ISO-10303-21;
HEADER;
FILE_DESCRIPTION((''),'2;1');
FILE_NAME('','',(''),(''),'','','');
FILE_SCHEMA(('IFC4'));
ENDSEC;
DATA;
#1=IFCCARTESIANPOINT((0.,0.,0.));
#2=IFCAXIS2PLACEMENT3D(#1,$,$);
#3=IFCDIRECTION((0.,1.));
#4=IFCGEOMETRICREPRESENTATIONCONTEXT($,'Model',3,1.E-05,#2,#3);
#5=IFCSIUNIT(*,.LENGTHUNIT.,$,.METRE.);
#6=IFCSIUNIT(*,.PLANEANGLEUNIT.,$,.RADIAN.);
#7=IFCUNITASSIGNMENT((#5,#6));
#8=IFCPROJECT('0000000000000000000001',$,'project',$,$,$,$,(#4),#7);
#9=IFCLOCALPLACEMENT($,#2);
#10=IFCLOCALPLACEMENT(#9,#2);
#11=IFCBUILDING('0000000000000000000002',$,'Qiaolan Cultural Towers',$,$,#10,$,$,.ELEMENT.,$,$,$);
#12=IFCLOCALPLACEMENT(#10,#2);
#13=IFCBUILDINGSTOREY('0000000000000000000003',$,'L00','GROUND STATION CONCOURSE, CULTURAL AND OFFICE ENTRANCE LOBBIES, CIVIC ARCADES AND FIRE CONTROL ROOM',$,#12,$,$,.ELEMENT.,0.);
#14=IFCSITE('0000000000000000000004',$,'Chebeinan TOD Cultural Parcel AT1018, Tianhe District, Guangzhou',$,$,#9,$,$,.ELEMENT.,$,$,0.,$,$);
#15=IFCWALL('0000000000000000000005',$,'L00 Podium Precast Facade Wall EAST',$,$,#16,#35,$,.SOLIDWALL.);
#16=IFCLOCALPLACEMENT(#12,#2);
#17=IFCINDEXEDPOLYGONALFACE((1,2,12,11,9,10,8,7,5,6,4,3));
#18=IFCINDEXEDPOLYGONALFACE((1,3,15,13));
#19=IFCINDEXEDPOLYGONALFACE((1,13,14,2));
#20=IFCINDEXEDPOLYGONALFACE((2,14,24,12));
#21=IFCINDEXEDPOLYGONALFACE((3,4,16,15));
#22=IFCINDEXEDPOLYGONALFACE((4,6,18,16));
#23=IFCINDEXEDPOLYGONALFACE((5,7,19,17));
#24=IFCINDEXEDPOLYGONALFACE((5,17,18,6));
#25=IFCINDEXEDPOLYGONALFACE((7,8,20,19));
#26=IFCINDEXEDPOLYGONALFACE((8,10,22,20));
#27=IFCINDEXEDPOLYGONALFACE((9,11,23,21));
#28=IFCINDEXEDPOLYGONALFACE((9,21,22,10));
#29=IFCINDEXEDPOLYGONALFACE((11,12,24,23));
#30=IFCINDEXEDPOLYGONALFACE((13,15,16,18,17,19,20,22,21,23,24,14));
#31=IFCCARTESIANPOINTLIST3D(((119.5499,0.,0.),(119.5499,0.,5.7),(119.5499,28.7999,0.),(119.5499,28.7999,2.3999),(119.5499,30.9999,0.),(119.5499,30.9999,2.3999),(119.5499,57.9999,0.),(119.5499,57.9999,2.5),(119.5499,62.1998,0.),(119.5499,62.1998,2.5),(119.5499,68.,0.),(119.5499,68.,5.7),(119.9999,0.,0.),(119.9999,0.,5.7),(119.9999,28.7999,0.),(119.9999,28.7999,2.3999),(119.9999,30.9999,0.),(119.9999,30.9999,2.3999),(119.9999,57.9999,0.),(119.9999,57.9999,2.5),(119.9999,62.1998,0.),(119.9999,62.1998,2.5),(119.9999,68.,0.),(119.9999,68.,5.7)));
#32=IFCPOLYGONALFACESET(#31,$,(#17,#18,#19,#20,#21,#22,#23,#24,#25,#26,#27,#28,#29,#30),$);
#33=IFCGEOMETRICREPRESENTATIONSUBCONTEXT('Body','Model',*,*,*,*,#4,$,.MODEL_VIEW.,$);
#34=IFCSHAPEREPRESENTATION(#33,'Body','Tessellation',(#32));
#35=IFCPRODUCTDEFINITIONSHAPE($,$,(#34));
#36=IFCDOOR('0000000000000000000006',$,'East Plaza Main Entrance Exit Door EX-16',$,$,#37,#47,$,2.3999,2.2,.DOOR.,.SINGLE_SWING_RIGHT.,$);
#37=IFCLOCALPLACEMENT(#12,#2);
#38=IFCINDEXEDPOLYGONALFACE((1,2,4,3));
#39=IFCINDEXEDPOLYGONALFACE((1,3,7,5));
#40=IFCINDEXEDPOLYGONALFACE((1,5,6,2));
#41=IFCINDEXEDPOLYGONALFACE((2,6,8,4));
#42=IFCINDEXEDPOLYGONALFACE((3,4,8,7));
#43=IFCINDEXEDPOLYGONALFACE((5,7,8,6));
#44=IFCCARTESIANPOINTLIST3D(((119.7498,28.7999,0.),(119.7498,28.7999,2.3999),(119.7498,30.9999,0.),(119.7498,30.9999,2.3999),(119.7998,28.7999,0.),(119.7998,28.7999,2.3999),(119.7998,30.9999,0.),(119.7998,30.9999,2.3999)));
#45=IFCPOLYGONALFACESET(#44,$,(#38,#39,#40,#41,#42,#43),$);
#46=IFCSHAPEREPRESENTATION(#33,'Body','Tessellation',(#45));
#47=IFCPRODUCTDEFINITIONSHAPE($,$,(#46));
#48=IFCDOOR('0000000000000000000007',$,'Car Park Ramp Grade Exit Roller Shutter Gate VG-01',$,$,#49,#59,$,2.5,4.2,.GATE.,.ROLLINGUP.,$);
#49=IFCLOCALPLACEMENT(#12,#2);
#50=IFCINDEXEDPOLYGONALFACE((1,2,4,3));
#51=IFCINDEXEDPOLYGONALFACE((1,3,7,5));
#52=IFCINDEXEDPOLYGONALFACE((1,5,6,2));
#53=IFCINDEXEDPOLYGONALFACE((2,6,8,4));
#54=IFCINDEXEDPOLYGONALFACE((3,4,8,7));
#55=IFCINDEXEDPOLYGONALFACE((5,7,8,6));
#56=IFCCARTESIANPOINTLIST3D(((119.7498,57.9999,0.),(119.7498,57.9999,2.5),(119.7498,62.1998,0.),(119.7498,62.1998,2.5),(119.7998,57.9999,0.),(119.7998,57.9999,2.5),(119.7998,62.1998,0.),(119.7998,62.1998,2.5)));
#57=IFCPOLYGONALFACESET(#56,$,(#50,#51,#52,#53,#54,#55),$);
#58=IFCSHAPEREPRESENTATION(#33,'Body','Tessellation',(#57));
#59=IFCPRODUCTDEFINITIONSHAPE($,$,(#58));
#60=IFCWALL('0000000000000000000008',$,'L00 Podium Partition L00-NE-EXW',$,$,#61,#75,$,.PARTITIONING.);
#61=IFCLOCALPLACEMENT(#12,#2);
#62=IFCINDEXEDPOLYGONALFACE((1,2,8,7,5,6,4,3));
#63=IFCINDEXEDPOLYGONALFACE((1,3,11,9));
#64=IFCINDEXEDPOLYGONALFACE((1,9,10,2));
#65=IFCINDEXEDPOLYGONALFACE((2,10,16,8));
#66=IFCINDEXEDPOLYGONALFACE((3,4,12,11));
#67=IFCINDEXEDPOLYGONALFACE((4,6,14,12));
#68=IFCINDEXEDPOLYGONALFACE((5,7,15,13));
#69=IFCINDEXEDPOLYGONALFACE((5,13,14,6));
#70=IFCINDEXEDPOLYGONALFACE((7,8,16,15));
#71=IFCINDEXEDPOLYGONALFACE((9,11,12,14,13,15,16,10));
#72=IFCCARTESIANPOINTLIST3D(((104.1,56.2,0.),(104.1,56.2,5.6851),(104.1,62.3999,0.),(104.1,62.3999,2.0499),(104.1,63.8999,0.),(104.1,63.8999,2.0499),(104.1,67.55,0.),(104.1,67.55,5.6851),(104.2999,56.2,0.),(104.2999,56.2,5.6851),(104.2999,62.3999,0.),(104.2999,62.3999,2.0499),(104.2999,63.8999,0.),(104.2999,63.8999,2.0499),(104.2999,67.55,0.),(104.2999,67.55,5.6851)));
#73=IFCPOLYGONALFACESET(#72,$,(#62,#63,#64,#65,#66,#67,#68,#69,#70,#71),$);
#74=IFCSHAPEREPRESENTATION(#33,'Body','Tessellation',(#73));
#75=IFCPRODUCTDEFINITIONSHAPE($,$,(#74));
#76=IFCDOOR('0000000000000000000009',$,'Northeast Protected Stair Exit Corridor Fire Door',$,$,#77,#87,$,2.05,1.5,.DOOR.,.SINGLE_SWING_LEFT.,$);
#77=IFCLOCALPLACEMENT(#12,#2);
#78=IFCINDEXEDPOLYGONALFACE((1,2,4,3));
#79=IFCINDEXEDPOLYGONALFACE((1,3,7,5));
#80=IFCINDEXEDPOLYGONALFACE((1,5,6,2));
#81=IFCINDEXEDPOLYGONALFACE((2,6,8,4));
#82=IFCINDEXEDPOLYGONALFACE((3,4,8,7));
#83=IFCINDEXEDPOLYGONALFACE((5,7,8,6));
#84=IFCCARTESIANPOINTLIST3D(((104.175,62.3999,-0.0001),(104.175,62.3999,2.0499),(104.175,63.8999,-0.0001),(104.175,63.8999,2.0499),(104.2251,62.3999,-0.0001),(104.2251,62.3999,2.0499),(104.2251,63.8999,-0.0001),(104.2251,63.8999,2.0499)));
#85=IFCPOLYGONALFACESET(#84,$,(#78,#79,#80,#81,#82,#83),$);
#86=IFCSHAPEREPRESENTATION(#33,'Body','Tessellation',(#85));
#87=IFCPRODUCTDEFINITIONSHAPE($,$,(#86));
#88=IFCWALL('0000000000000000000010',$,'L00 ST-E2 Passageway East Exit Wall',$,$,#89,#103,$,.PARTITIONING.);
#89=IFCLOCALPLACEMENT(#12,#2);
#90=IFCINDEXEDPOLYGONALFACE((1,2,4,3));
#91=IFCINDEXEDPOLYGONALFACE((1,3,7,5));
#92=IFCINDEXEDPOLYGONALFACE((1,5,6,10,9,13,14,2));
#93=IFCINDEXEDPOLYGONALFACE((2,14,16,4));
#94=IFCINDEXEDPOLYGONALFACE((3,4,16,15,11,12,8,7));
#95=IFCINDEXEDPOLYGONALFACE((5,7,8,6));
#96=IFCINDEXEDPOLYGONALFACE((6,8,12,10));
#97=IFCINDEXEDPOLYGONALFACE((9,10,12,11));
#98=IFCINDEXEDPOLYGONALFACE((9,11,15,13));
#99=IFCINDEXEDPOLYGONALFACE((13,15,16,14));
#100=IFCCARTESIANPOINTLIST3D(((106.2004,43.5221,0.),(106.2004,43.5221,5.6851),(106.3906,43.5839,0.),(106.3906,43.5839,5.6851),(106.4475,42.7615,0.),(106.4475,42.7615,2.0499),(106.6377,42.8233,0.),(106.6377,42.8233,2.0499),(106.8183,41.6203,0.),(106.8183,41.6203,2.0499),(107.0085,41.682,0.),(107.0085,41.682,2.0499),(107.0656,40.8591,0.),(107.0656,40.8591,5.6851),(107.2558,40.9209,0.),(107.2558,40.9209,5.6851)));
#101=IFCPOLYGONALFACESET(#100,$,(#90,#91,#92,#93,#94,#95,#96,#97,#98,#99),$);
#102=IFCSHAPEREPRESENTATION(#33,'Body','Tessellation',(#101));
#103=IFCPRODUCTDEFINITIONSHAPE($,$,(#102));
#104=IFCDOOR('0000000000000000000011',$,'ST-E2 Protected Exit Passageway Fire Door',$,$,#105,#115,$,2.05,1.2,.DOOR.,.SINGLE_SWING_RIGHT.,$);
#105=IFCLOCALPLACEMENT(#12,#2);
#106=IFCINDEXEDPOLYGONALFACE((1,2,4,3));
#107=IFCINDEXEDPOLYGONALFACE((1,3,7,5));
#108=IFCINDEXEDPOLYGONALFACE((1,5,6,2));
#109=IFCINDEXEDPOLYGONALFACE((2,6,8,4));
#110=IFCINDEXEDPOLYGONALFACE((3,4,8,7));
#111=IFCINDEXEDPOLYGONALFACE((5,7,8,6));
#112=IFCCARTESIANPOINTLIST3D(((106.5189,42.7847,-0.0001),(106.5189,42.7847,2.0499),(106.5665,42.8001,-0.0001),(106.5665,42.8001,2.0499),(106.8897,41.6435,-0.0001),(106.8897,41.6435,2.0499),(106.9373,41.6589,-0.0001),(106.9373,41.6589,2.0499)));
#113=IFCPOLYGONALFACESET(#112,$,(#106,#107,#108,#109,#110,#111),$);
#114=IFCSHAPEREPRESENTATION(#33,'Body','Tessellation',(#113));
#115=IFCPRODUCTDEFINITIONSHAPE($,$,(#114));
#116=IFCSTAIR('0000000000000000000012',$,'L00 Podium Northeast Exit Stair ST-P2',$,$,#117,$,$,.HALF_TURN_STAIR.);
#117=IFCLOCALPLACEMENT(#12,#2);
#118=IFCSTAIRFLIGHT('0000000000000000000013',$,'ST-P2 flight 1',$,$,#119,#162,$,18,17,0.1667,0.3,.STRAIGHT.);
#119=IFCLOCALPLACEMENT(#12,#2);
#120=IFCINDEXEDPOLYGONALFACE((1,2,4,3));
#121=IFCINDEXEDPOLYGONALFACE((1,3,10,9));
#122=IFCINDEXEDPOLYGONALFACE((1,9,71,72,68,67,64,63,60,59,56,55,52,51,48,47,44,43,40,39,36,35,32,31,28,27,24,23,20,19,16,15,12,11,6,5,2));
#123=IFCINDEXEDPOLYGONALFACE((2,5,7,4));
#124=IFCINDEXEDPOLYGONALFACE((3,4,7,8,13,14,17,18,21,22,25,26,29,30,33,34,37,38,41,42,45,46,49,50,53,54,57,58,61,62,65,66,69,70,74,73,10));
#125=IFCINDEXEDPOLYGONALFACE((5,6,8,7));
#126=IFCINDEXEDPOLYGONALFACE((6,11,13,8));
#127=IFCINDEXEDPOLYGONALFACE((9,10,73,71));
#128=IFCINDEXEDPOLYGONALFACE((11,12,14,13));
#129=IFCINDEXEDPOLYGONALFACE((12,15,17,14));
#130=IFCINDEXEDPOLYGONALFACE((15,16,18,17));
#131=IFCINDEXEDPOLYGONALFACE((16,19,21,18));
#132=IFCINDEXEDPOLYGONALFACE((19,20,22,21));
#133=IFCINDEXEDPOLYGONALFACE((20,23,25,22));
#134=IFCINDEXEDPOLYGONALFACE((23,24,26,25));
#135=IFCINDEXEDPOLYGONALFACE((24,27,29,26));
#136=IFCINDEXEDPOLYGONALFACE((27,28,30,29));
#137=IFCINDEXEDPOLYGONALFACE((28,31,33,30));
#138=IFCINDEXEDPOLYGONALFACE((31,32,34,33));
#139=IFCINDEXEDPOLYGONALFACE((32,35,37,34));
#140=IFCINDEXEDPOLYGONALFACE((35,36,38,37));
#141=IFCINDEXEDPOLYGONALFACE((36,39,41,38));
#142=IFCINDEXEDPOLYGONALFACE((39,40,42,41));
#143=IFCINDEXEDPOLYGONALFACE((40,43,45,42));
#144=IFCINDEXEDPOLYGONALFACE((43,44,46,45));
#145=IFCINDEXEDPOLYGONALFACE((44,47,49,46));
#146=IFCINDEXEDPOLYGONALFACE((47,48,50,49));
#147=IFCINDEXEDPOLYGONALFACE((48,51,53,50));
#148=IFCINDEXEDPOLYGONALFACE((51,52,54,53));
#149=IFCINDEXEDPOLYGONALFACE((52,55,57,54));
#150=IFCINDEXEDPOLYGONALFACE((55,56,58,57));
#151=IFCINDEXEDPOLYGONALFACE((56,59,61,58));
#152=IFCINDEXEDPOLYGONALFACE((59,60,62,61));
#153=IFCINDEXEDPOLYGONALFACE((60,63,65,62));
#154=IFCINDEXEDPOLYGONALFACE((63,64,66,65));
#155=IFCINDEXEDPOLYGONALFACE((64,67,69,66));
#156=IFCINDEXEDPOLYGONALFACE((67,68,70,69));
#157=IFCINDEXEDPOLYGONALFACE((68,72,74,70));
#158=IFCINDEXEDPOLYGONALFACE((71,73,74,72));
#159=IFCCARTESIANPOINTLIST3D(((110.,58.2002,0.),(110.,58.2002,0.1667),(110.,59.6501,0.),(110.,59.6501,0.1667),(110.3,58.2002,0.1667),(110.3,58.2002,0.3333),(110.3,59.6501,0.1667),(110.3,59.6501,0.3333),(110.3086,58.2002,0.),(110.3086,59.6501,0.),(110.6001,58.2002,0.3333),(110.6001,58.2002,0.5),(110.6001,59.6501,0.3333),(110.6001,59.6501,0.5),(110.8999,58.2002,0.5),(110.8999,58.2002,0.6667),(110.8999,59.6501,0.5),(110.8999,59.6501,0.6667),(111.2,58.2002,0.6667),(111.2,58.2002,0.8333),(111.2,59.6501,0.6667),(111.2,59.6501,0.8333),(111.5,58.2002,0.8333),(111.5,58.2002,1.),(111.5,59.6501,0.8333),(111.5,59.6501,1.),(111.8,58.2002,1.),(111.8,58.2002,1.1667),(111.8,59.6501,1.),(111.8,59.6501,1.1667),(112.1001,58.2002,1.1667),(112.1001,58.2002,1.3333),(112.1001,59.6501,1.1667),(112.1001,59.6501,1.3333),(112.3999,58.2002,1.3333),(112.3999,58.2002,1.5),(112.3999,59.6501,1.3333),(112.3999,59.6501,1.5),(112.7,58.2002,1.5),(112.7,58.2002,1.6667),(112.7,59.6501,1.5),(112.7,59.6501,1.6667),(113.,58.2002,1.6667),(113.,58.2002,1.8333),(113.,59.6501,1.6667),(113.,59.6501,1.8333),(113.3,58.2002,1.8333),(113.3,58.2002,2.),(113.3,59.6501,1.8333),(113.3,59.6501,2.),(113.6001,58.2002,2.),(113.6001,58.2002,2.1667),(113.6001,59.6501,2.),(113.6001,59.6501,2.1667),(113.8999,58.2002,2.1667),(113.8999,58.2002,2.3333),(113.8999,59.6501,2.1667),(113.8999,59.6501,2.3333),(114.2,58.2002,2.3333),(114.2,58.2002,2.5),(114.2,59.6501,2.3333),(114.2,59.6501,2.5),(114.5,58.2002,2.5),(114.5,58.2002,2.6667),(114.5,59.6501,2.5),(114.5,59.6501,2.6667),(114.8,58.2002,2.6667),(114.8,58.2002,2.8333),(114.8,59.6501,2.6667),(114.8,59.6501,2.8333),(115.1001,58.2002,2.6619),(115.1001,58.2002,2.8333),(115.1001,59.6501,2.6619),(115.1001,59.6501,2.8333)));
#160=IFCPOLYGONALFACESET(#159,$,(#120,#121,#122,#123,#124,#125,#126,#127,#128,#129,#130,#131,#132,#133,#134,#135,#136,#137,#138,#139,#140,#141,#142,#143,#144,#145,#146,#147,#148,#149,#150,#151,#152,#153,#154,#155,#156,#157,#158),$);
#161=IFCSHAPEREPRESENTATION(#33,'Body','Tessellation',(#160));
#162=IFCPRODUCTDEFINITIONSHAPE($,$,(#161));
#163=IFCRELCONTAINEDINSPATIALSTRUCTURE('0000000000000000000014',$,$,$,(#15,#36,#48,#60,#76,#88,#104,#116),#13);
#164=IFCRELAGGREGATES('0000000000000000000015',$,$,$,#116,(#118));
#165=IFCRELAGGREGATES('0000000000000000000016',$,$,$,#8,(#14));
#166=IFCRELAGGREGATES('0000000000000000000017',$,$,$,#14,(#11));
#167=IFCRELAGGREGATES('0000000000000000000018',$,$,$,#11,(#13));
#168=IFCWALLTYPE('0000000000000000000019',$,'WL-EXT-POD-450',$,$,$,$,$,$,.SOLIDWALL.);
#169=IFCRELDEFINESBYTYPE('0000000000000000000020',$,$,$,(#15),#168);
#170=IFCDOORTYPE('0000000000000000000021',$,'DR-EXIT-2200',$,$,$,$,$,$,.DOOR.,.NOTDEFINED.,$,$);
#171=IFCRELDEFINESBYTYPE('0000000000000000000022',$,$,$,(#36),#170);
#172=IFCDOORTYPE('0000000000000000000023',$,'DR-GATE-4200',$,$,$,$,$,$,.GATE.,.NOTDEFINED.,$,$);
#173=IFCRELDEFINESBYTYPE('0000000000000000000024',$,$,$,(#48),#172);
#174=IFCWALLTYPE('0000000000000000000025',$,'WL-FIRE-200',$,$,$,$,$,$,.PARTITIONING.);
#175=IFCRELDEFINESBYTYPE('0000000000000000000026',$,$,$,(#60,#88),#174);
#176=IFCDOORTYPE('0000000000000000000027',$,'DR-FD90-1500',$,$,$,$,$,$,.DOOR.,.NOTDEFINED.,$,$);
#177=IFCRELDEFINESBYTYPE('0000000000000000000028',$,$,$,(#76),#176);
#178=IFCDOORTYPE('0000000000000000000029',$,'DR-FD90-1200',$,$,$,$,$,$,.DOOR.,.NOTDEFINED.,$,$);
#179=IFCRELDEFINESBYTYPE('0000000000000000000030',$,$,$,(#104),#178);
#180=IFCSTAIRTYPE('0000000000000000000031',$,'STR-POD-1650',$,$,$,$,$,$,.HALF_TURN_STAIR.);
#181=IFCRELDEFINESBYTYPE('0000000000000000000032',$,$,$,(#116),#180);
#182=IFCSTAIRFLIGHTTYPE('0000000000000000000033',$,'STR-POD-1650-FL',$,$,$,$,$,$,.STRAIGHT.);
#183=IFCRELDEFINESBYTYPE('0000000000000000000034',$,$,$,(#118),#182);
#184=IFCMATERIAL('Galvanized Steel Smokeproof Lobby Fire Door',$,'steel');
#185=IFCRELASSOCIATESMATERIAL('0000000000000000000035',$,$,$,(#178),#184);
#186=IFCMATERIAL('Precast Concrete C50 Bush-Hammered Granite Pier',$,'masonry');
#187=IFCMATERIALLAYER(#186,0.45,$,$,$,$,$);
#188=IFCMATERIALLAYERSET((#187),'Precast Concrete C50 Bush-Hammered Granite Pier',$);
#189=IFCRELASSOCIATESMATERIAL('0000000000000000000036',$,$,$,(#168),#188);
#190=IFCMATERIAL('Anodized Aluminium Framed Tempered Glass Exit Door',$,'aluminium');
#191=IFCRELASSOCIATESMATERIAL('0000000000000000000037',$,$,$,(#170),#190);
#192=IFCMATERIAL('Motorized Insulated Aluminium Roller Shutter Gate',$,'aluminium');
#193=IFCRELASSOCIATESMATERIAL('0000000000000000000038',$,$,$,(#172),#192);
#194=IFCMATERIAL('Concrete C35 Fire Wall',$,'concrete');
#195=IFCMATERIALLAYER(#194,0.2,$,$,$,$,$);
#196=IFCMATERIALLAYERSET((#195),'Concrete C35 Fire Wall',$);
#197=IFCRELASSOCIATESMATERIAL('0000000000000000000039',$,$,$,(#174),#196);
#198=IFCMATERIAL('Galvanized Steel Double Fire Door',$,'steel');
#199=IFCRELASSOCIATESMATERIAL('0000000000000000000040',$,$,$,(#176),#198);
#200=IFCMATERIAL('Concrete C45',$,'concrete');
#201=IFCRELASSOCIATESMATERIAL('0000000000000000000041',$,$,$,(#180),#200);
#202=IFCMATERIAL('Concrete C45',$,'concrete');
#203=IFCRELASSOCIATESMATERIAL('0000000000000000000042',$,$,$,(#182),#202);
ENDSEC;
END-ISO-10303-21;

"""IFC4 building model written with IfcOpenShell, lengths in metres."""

from ifc_helpers import new_model, si_unit, direction, frame, frame_2d, origin, place, context, subcontext, project, spatial, polyline, rectangle, outline, extrude, material, layer, layer_set, type_object, element, fill, aggregate, save


model = new_model("IFC4")

# Units and contexts
model_context = context("Model", 3, precision=1e-05, world=origin(), true_north=direction((0.0, 1.0)))
body_context = subcontext(model_context, "Body", "Model", "MODEL_VIEW")
ifc_project = project(units=[si_unit("LENGTHUNIT", "METRE"), si_unit("PLANEANGLEUNIT", "RADIAN")], contexts=[model_context])

# Site, building, storey
site_placement = place(None, origin())
site = spatial("IfcSite", under=ifc_project, at=site_placement, Name="Chebeinan TOD Cultural Parcel AT1018, Tianhe District, Guangzhou", CompositionType="ELEMENT", RefElevation=0.0)
building_placement = place(site_placement, origin())
building = spatial("IfcBuilding", under=site, at=building_placement, Name="Qiaolan Cultural Towers", CompositionType="ELEMENT")
storey_placement = place(building_placement, origin())
storey = spatial("IfcBuildingStorey", under=building, at=storey_placement, Name="L00", Description="GROUND STATION CONCOURSE, CULTURAL AND OFFICE ENTRANCE LOBBIES, CIVIC ARCADES AND FIRE CONTROL ROOM", CompositionType="ELEMENT", Elevation=0.0)

# Shared definitions
ifc_material_1 = material(Name="Galvanized Steel Smokeproof Lobby Fire Door", Category="steel")
door_type_1 = type_object("IfcDoorType", Name="DR-FD90-1200", OperationType="NOTDEFINED", PredefinedType="DOOR", material=ifc_material_1)

# Wall, openings, doors
ifc_material_2 = material(Name="Precast Concrete C50 Bush-Hammered Granite Pier", Category="masonry")
ifc_layer_1 = layer(ifc_material_2, 0.45)
ifc_layer_set_1 = layer_set([ifc_layer_1], Name="Precast Concrete C50 Bush-Hammered Granite Pier")
wall_type_1 = type_object("IfcWallType", Name="WL-EXT-POD-450", PredefinedType="SOLIDWALL", material=ifc_layer_set_1)
wall_1_placement = place(storey_placement, frame((119.7749, 68.0, 0.0), z_axis=(0.0, 0.0, 1.0), x_axis=(0.0, -1.0, 0.0)))
wall_1 = element("IfcWall", 1, at=wall_1_placement, inside=storey, type_object=wall_type_1, Name="L00 Podium Precast Facade Wall EAST", PredefinedType="SOLIDWALL", context=body_context, shape_type="SweptSolid", body=[
    extrude(rectangle(XDim=68.0, YDim=0.45, at=frame_2d((34.0, 0.0))), origin(), (0.0, 0.0, 1.0), 5.7),
])
opening_1_placement = place(wall_1_placement, frame((37.0, 0.0, 0.0)))
opening_1 = element("IfcOpeningElement", 2, at=opening_1_placement, cuts=wall_1, PredefinedType="OPENING", context=body_context, shape_type="SweptSolid", body=[
    extrude(rectangle(XDim=2.2, YDim=2.3999, at=frame_2d((1.1001, 1.2))), frame((0.0, 0.2349, 0.0), z_axis=(0.0, -1.0, 0.0), x_axis=(1.0, 0.0, 0.0)), (0.0, 0.0, 1.0), 0.47),
])
opening_2_placement = place(wall_1_placement, frame((5.8, 0.0, 0.0)))
opening_2 = element("IfcOpeningElement", 3, at=opening_2_placement, cuts=wall_1, PredefinedType="OPENING", context=body_context, shape_type="SweptSolid", body=[
    extrude(rectangle(XDim=4.2, YDim=2.5, at=frame_2d((2.1001, 1.25))), frame((0.0, 0.2349, 0.0), z_axis=(0.0, -1.0, 0.0), x_axis=(1.0, 0.0, 0.0)), (0.0, 0.0, 1.0), 0.47),
])
ifc_material_3 = material(Name="Anodized Aluminium Framed Tempered Glass Exit Door", Category="aluminium")
door_type_2 = type_object("IfcDoorType", Name="DR-EXIT-2200", OperationType="NOTDEFINED", PredefinedType="DOOR", material=ifc_material_3)
door_1_placement = place(opening_1_placement, origin())
door_1 = element("IfcDoor", 4, at=door_1_placement, inside=storey, type_object=door_type_2, Name="East Plaza Main Entrance Exit Door EX-16", OperationType="SINGLE_SWING_RIGHT", OverallHeight=2.3999, OverallWidth=2.2, PredefinedType="DOOR", context=body_context, shape_type="SweptSolid", body=[
    extrude(rectangle(XDim=2.2, YDim=2.3999, at=frame_2d((1.1001, 1.2))), frame((0.0, 0.0249, 0.0), z_axis=(0.0, -1.0, 0.0), x_axis=(1.0, 0.0, 0.0)), (0.0, 0.0, 1.0), 0.05),
])
fill(opening_1, door_1)
ifc_material_4 = material(Name="Motorized Insulated Aluminium Roller Shutter Gate", Category="aluminium")
door_type_3 = type_object("IfcDoorType", Name="DR-GATE-4200", OperationType="NOTDEFINED", PredefinedType="GATE", material=ifc_material_4)
door_2_placement = place(opening_2_placement, origin())
door_2 = element("IfcDoor", 5, at=door_2_placement, inside=storey, type_object=door_type_3, Name="Car Park Ramp Grade Exit Roller Shutter Gate VG-01", OperationType="ROLLINGUP", OverallHeight=2.5, OverallWidth=4.2, PredefinedType="GATE", context=body_context, shape_type="SweptSolid", body=[
    extrude(rectangle(XDim=4.2, YDim=2.5, at=frame_2d((2.1001, 1.25))), frame((0.0, 0.0249, 0.0), z_axis=(0.0, -1.0, 0.0), x_axis=(1.0, 0.0, 0.0)), (0.0, 0.0, 1.0), 0.05),
])
fill(opening_2, door_2)

# Walls, openings, doors
ifc_material_5 = material(Name="Concrete C35 Fire Wall", Category="concrete")
ifc_layer_2 = layer(ifc_material_5, 0.2)
ifc_layer_set_2 = layer_set([ifc_layer_2], Name="Concrete C35 Fire Wall")
wall_type_2 = type_object("IfcWallType", Name="WL-FIRE-200", PredefinedType="PARTITIONING", material=ifc_layer_set_2)
wall_2_placement = place(storey_placement, frame((104.2, 56.2, 0.0), z_axis=(0.0, 0.0, 1.0), x_axis=(0.0, 1.0, 0.0)))
wall_2 = element("IfcWall", 6, at=wall_2_placement, inside=storey, type_object=wall_type_2, Name="L00 Podium Partition L00-NE-EXW", PredefinedType="PARTITIONING", context=body_context, shape_type="SweptSolid", body=[
    extrude(rectangle(XDim=11.3501, YDim=0.2, at=frame_2d((5.675, 0.0))), origin(), (0.0, 0.0, 1.0), 5.6851),
])
opening_3_placement = place(wall_2_placement, frame((6.2, 0.0, 0.0)))
opening_3 = element("IfcOpeningElement", 7, at=opening_3_placement, cuts=wall_2, PredefinedType="OPENING", context=body_context, shape_type="SweptSolid", body=[
    extrude(rectangle(XDim=1.5, YDim=2.05, at=frame_2d((0.75, 1.0249))), frame((0.0, 0.1099, 0.0), z_axis=(0.0, -1.0, 0.0), x_axis=(1.0, 0.0, 0.0)), (0.0, 0.0, 1.0), 0.22),
])
ifc_material_6 = material(Name="Galvanized Steel Double Fire Door", Category="steel")
door_type_4 = type_object("IfcDoorType", Name="DR-FD90-1500", OperationType="NOTDEFINED", PredefinedType="DOOR", material=ifc_material_6)
door_3_placement = place(opening_3_placement, origin())
door_3 = element("IfcDoor", 8, at=door_3_placement, inside=storey, type_object=door_type_4, Name="Northeast Protected Stair Exit Corridor Fire Door", OperationType="SINGLE_SWING_LEFT", OverallHeight=2.05, OverallWidth=1.5, PredefinedType="DOOR", context=body_context, shape_type="SweptSolid", body=[
    extrude(rectangle(XDim=1.5, YDim=2.05, at=frame_2d((0.75, 1.0249))), frame((0.0, 0.0249, 0.0), z_axis=(0.0, -1.0, 0.0), x_axis=(1.0, 0.0, 0.0)), (0.0, 0.0, 1.0), 0.05),
])
fill(opening_3, door_3)
wall_3_placement = place(storey_placement, frame((107.1606, 40.8901, 0.0), z_axis=(0.0, 0.0, 1.0), x_axis=(-0.308999, 0.951062, 0.0)))
wall_3 = element("IfcWall", 9, at=wall_3_placement, inside=storey, type_object=wall_type_2, Name="L00 ST-E2 Passageway East Exit Wall", PredefinedType="PARTITIONING", context=body_context, shape_type="SweptSolid", body=[
    extrude(rectangle(XDim=2.8, YDim=0.2, at=frame_2d((1.3999, 0.0))), origin(), (0.0, 0.0, 1.0), 5.6851),
])
opening_4_placement = place(wall_3_placement, frame((0.8, 0.0, 0.0)))
opening_4 = element("IfcOpeningElement", 10, at=opening_4_placement, cuts=wall_3, PredefinedType="OPENING", context=body_context, shape_type="SweptSolid", body=[
    extrude(rectangle(XDim=1.2, YDim=2.05, at=frame_2d((0.6001, 1.0249))), frame((0.0, 0.1099, 0.0), z_axis=(0.0, -1.0, 0.0), x_axis=(1.0, 0.0, 0.0)), (0.0, 0.0, 1.0), 0.22),
])
door_4_placement = place(opening_4_placement, origin())
door_4 = element("IfcDoor", 11, at=door_4_placement, inside=storey, type_object=door_type_1, Name="ST-E2 Protected Exit Passageway Fire Door", OperationType="SINGLE_SWING_RIGHT", OverallHeight=2.05, OverallWidth=1.2, PredefinedType="DOOR", context=body_context, shape_type="SweptSolid", body=[
    extrude(rectangle(XDim=1.2, YDim=2.05, at=frame_2d((0.6001, 1.0249))), frame((0.0, 0.0249, 0.0), z_axis=(0.0, -1.0, 0.0), x_axis=(1.0, 0.0, 0.0)), (0.0, 0.0, 1.0), 0.05),
])
fill(opening_4, door_4)

# Stair, stair flight
ifc_material_7 = material(Name="Concrete C45", Category="concrete")
stair_type = type_object("IfcStairType", Name="STR-POD-1650", PredefinedType="HALF_TURN_STAIR", material=ifc_material_7)
stair_placement = place(storey_placement, origin())
stair = element("IfcStair", 12, at=stair_placement, inside=storey, type_object=stair_type, Name="L00 Podium Northeast Exit Stair ST-P2", PredefinedType="HALF_TURN_STAIR")
ifc_material_8 = material(Name="Concrete C45", Category="concrete")
stair_flight_type = type_object("IfcStairFlightType", Name="STR-POD-1650-FL", PredefinedType="STRAIGHT", material=ifc_material_8)
stair_flight_1_placement = place(storey_placement, frame((110.0, 58.925, 0.0), z_axis=(0.0, 0.0, 1.0), x_axis=(1.0, 0.0, 0.0)))
stair_flight_1 = element("IfcStairFlight", 13, at=stair_flight_1_placement, type_object=stair_flight_type, Name="ST-P2 flight 1", NumberOfRisers=18, NumberOfTreads=17, PredefinedType="STRAIGHT", RiserHeight=0.1667, TreadLength=0.3, context=body_context, shape_type="SweptSolid", body=[
    extrude(outline(polyline([(0.0, 0.0), (0.0, 0.1667), (0.3, 0.1667), (0.3, 0.3333), (0.6001, 0.3333), (0.6001, 0.5), (0.8999, 0.5), (0.8999, 0.6667), (1.2, 0.6667), (1.2, 0.8333), (1.5, 0.8333), (1.5, 1.0), (1.8, 1.0), (1.8, 1.1667), (2.1001, 1.1667), (2.1001, 1.3333), (2.3999, 1.3333), (2.3999, 1.5), (2.7, 1.5), (2.7, 1.6667), (3.0, 1.6667), (3.0, 1.8333), (3.3, 1.8333), (3.3, 2.0), (3.6001, 2.0), (3.6001, 2.1667), (3.8999, 2.1667), (3.8999, 2.3333), (4.2, 2.3333), (4.2, 2.5), (4.5, 2.5), (4.5, 2.6667), (4.8, 2.6667), (4.8, 2.8333), (5.1001, 2.8333), (5.1001, 3.0), (5.1001, 2.6619), (0.3086, 0.0), (0.0, 0.0)])), frame((0.0, 0.7251, 0.0), z_axis=(0.0, -1.0, 0.0), x_axis=(1.0, 0.0, 0.0)), (0.0, 0.0, 1.0), 1.45),
])
aggregate(stair, [stair_flight_1])

save(model, "model.ifc")
